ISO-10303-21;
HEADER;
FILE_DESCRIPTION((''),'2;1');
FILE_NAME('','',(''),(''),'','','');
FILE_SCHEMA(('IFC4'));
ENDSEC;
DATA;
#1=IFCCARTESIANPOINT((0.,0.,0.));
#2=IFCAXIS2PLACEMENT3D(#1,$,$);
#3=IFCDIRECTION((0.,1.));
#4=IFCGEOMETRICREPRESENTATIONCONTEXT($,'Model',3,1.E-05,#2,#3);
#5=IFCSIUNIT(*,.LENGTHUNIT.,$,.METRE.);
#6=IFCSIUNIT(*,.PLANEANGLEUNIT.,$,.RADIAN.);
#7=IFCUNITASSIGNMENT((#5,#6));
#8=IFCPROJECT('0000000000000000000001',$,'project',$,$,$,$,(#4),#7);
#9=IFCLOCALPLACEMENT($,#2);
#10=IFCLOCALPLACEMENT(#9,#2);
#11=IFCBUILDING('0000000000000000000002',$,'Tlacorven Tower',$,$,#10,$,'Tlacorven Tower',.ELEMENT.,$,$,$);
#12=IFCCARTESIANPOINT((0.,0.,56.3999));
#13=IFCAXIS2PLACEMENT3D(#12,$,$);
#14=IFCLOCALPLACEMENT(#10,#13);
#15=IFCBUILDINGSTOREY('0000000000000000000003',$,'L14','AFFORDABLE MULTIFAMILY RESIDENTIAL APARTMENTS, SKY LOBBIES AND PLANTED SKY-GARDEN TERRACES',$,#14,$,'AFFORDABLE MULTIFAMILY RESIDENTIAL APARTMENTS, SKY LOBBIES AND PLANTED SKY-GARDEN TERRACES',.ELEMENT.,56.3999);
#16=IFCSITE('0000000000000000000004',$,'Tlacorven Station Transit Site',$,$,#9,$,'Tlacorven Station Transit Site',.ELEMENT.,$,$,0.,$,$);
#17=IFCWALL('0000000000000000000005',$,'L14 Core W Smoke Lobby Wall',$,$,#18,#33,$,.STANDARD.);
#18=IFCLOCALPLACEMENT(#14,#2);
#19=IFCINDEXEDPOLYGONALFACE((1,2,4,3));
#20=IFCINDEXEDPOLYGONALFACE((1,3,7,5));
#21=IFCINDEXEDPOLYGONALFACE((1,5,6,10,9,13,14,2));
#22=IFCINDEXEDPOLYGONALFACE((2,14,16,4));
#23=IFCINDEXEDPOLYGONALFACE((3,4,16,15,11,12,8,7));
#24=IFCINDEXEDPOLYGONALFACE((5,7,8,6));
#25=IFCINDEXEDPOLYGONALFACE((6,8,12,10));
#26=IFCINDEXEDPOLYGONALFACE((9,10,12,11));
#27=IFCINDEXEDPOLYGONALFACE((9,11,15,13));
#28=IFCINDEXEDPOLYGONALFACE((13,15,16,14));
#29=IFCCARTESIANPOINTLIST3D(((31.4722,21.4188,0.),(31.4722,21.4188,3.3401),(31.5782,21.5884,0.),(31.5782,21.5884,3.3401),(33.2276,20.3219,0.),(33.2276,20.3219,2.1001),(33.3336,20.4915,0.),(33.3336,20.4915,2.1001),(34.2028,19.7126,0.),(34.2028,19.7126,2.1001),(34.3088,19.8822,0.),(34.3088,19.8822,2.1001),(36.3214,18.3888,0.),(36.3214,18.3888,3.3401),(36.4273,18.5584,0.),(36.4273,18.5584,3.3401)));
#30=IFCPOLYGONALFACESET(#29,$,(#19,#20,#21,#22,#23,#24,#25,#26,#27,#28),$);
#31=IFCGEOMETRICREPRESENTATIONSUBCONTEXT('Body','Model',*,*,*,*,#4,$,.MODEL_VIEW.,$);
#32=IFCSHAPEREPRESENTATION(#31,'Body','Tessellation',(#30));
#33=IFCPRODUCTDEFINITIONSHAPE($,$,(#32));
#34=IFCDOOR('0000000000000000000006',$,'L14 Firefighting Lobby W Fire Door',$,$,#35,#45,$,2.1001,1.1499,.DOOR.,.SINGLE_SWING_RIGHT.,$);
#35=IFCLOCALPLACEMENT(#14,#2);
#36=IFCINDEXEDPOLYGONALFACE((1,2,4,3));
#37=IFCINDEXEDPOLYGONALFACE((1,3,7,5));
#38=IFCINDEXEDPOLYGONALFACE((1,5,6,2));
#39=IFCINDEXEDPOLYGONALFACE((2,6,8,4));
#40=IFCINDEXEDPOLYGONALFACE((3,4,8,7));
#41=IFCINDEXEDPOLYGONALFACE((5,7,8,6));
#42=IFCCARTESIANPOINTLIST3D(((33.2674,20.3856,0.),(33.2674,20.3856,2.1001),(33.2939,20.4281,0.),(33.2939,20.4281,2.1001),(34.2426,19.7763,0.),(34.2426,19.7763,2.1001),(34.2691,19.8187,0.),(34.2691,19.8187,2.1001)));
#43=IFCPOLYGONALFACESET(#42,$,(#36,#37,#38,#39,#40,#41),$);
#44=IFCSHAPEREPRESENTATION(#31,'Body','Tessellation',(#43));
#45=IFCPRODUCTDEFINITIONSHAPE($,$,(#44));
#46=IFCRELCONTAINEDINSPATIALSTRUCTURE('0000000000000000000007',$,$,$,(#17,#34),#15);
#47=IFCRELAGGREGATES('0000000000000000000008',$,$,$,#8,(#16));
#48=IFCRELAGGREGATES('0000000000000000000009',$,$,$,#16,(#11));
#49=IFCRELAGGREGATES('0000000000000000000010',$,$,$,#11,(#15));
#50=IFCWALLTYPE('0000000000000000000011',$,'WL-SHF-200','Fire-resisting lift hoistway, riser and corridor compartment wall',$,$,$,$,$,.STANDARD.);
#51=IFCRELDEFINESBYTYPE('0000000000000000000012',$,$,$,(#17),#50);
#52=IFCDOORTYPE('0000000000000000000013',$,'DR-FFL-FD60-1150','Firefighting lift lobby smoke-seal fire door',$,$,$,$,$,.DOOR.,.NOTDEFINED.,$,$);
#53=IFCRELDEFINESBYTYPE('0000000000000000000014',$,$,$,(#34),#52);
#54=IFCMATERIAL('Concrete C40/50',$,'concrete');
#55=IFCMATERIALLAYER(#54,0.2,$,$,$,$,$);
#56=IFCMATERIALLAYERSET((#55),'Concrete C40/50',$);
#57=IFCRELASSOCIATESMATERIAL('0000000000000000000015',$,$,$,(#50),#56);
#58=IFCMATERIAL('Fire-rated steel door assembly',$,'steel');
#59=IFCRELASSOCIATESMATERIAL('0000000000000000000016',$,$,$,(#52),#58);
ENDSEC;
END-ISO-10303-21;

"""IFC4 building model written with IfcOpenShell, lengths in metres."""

from ifc_helpers import new_model, si_unit, direction, frame, frame_2d, origin, place, context, subcontext, project, spatial, rectangle, extrude, source, transform, mapped, material, layer, layer_set, type_object, element, fill, save


model = new_model("IFC4")

# Units and contexts
model_context = context("Model", 3, precision=1e-05, world=origin(), true_north=direction((0.0, 1.0)))
body_context = subcontext(model_context, "Body", "Model", "MODEL_VIEW")
ifc_project = project(units=[si_unit("LENGTHUNIT", "METRE"), si_unit("PLANEANGLEUNIT", "RADIAN")], contexts=[model_context])

# Site, building, storey
site_placement = place(None, origin())
site = spatial("IfcSite", under=ifc_project, at=site_placement, Name="Tlacorven Station Transit Site", LongName="Tlacorven Station Transit Site", CompositionType="ELEMENT", RefElevation=0.0)
building_placement = place(site_placement, origin())
building = spatial("IfcBuilding", under=site, at=building_placement, Name="Tlacorven Tower", LongName="Tlacorven Tower", CompositionType="ELEMENT")
storey_placement = place(building_placement, frame((0.0, 0.0, 56.3999)))
storey = spatial("IfcBuildingStorey", under=building, at=storey_placement, Name="L14", Description="AFFORDABLE MULTIFAMILY RESIDENTIAL APARTMENTS, SKY LOBBIES AND PLANTED SKY-GARDEN TERRACES", LongName="AFFORDABLE MULTIFAMILY RESIDENTIAL APARTMENTS, SKY LOBBIES AND PLANTED SKY-GARDEN TERRACES", CompositionType="ELEMENT", Elevation=56.3999)

# Shared definitions
ifc_material_1 = material(Name="Fire-rated steel door assembly", Category="steel")

# Shared definitions
ifc_material_2 = material(Name="Concrete C40/50", Category="concrete")
ifc_layer_1 = layer(ifc_material_2, 0.2)
ifc_layer_set_1 = layer_set([ifc_layer_1], Name="Concrete C40/50")
wall_type_1 = type_object("IfcWallType", Name="WL-SHF-200", Description="Fire-resisting lift hoistway, riser and corridor compartment wall", PredefinedType="STANDARD", material=ifc_layer_set_1)

# Wall, opening, door
wall_1_placement = place(storey_placement, frame((36.3743, 18.4736, 0.0), z_axis=(0.0, 0.0, 1.0), x_axis=(-0.848051, 0.529915, 0.0)))
wall_1 = element("IfcWall", 1, at=wall_1_placement, inside=storey, type_object=wall_type_1, Name="L14 Core W Smoke Lobby Wall", PredefinedType="STANDARD", context=body_context, shape_type="SweptSolid", body=[
    extrude(rectangle(XDim=5.718, YDim=0.2, at=frame_2d((2.8589, 0.0))), origin(), (0.0, 0.0, 1.0), 3.3401),
])
opening_1_placement = place(wall_1_placement, frame((2.498, 0.0, 0.0)))
opening_1 = element("IfcOpeningElement", 2, at=opening_1_placement, cuts=wall_1, PredefinedType="OPENING", context=body_context, shape_type="SweptSolid", body=[
    extrude(rectangle(XDim=1.1499, YDim=2.1001, at=frame_2d((0.575, 1.05))), frame((0.0, 0.1099, 0.0), z_axis=(0.0, -1.0, 0.0), x_axis=(1.0, 0.0, 0.0)), (0.0, 0.0, 1.0), 0.22),
])
door_type_1 = type_object("IfcDoorType", Name="DR-FFL-FD60-1150", Description="Firefighting lift lobby smoke-seal fire door", OperationType="NOTDEFINED", PredefinedType="DOOR", material=ifc_material_1)
shared_shape_1 = source(origin(), body_context, "Body", "SweptSolid", [
    extrude(rectangle(XDim=1.1499, YDim=2.1001, at=frame_2d((0.575, 1.05))), frame((0.0, 0.0249, 0.0), z_axis=(0.0, -1.0, 0.0), x_axis=(1.0, 0.0, 0.0)), (0.0, 0.0, 1.0), 0.05),
])
door_1_placement = place(opening_1_placement, origin())
door_1 = element("IfcDoor", 3, at=door_1_placement, inside=storey, type_object=door_type_1, Name="L14 Firefighting Lobby W Fire Door", OperationType="SINGLE_SWING_RIGHT", OverallHeight=2.1001, OverallWidth=1.1499, PredefinedType="DOOR", context=body_context, shape_type="MappedRepresentation", body=[
    mapped(shared_shape_1, transform((0.0, 0.0, 0.0), scale=1.0)),
])
fill(opening_1, door_1)

save(model, "model.ifc")
